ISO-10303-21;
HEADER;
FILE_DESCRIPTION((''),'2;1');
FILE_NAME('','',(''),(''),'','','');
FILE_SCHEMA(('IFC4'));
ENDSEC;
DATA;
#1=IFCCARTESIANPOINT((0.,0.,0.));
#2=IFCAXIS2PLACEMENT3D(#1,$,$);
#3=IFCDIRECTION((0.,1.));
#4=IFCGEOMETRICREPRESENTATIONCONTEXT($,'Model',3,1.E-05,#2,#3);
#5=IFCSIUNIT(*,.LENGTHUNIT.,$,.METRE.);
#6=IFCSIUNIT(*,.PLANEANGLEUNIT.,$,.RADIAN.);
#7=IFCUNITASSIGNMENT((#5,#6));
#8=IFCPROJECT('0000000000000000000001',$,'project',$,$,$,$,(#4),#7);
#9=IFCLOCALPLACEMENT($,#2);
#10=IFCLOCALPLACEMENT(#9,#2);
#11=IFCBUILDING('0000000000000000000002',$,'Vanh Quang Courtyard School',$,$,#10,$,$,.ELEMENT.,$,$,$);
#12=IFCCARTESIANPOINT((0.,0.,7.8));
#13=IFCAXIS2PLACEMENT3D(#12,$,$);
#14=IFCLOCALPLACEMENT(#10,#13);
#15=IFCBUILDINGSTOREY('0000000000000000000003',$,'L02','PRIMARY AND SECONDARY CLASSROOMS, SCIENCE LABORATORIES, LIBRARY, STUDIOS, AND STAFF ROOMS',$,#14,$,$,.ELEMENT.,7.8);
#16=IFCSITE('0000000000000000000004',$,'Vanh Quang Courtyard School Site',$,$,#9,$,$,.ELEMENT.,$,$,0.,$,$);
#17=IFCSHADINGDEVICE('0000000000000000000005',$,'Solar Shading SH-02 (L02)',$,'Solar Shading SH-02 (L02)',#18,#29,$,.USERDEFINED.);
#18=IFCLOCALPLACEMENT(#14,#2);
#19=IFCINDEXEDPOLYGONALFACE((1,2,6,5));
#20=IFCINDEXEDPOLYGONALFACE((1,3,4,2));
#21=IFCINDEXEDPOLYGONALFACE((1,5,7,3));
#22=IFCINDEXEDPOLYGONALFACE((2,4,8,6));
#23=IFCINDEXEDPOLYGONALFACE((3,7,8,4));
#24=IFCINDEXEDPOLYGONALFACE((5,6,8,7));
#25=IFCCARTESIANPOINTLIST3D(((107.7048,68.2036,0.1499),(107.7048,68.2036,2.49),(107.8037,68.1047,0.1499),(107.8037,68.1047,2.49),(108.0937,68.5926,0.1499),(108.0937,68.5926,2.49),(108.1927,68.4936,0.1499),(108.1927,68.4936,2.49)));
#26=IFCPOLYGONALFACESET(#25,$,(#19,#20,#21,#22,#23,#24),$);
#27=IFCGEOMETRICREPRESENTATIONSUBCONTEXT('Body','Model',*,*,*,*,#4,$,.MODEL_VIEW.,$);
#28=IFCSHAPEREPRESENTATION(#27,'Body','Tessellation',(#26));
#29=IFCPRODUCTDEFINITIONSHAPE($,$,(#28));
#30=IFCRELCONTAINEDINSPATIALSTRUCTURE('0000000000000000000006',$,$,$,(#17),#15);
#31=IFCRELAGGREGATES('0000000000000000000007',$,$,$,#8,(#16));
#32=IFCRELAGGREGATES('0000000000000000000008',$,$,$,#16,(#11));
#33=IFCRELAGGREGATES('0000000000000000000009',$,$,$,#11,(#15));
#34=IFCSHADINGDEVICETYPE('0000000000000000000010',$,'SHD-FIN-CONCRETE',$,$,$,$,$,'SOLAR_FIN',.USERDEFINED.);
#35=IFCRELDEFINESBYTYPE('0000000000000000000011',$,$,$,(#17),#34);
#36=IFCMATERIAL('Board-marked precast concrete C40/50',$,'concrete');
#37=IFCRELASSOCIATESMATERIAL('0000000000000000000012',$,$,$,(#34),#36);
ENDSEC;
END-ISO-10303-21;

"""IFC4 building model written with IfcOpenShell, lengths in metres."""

from ifc_helpers import new_model, si_unit, direction, frame, origin, origin_2d, place, context, subcontext, project, spatial, rectangle, extrude, material, type_object, element, save


model = new_model("IFC4")

# Units and contexts
model_context = context("Model", 3, precision=1e-05, world=origin(), true_north=direction((0.0, 1.0)))
body_context = subcontext(model_context, "Body", "Model", "MODEL_VIEW")
ifc_project = project(units=[si_unit("LENGTHUNIT", "METRE"), si_unit("PLANEANGLEUNIT", "RADIAN")], contexts=[model_context])

# Site, building, storey
site_placement = place(None, origin())
site = spatial("IfcSite", under=ifc_project, at=site_placement, Name="Vanh Quang Courtyard School Site", CompositionType="ELEMENT", RefElevation=0.0)
building_placement = place(site_placement, origin())
building = spatial("IfcBuilding", under=site, at=building_placement, Name="Vanh Quang Courtyard School", CompositionType="ELEMENT")
storey_placement = place(building_placement, frame((0.0, 0.0, 7.8)))
storey = spatial("IfcBuildingStorey", under=building, at=storey_placement, Name="L02", Description="PRIMARY AND SECONDARY CLASSROOMS, SCIENCE LABORATORIES, LIBRARY, STUDIOS, AND STAFF ROOMS", CompositionType="ELEMENT", Elevation=7.8)

# Shared definitions
ifc_material_1 = material(Name="Board-marked precast concrete C40/50", Category="concrete")

# Shading device
shading_device_type = type_object("IfcShadingDeviceType", Name="SHD-FIN-CONCRETE", ElementType="SOLAR_FIN", PredefinedType="USERDEFINED", material=ifc_material_1)
shading_device_placement = place(storey_placement, frame((107.9487, 68.3486, 0.1499), z_axis=(0.0, 0.0, 1.0), x_axis=(-0.707107, 0.707107, 0.0)))
element("IfcShadingDevice", 1, at=shading_device_placement, inside=storey, type_object=shading_device_type, Name="Solar Shading SH-02 (L02)", ObjectType="Solar Shading SH-02 (L02)", PredefinedType="USERDEFINED", context=body_context, shape_type="SweptSolid", body=[
    extrude(rectangle(XDim=0.1399, YDim=0.55, at=origin_2d()), origin(), (0.0, 0.0, 1.0), 2.3401),
])

save(model, "model.ifc")
